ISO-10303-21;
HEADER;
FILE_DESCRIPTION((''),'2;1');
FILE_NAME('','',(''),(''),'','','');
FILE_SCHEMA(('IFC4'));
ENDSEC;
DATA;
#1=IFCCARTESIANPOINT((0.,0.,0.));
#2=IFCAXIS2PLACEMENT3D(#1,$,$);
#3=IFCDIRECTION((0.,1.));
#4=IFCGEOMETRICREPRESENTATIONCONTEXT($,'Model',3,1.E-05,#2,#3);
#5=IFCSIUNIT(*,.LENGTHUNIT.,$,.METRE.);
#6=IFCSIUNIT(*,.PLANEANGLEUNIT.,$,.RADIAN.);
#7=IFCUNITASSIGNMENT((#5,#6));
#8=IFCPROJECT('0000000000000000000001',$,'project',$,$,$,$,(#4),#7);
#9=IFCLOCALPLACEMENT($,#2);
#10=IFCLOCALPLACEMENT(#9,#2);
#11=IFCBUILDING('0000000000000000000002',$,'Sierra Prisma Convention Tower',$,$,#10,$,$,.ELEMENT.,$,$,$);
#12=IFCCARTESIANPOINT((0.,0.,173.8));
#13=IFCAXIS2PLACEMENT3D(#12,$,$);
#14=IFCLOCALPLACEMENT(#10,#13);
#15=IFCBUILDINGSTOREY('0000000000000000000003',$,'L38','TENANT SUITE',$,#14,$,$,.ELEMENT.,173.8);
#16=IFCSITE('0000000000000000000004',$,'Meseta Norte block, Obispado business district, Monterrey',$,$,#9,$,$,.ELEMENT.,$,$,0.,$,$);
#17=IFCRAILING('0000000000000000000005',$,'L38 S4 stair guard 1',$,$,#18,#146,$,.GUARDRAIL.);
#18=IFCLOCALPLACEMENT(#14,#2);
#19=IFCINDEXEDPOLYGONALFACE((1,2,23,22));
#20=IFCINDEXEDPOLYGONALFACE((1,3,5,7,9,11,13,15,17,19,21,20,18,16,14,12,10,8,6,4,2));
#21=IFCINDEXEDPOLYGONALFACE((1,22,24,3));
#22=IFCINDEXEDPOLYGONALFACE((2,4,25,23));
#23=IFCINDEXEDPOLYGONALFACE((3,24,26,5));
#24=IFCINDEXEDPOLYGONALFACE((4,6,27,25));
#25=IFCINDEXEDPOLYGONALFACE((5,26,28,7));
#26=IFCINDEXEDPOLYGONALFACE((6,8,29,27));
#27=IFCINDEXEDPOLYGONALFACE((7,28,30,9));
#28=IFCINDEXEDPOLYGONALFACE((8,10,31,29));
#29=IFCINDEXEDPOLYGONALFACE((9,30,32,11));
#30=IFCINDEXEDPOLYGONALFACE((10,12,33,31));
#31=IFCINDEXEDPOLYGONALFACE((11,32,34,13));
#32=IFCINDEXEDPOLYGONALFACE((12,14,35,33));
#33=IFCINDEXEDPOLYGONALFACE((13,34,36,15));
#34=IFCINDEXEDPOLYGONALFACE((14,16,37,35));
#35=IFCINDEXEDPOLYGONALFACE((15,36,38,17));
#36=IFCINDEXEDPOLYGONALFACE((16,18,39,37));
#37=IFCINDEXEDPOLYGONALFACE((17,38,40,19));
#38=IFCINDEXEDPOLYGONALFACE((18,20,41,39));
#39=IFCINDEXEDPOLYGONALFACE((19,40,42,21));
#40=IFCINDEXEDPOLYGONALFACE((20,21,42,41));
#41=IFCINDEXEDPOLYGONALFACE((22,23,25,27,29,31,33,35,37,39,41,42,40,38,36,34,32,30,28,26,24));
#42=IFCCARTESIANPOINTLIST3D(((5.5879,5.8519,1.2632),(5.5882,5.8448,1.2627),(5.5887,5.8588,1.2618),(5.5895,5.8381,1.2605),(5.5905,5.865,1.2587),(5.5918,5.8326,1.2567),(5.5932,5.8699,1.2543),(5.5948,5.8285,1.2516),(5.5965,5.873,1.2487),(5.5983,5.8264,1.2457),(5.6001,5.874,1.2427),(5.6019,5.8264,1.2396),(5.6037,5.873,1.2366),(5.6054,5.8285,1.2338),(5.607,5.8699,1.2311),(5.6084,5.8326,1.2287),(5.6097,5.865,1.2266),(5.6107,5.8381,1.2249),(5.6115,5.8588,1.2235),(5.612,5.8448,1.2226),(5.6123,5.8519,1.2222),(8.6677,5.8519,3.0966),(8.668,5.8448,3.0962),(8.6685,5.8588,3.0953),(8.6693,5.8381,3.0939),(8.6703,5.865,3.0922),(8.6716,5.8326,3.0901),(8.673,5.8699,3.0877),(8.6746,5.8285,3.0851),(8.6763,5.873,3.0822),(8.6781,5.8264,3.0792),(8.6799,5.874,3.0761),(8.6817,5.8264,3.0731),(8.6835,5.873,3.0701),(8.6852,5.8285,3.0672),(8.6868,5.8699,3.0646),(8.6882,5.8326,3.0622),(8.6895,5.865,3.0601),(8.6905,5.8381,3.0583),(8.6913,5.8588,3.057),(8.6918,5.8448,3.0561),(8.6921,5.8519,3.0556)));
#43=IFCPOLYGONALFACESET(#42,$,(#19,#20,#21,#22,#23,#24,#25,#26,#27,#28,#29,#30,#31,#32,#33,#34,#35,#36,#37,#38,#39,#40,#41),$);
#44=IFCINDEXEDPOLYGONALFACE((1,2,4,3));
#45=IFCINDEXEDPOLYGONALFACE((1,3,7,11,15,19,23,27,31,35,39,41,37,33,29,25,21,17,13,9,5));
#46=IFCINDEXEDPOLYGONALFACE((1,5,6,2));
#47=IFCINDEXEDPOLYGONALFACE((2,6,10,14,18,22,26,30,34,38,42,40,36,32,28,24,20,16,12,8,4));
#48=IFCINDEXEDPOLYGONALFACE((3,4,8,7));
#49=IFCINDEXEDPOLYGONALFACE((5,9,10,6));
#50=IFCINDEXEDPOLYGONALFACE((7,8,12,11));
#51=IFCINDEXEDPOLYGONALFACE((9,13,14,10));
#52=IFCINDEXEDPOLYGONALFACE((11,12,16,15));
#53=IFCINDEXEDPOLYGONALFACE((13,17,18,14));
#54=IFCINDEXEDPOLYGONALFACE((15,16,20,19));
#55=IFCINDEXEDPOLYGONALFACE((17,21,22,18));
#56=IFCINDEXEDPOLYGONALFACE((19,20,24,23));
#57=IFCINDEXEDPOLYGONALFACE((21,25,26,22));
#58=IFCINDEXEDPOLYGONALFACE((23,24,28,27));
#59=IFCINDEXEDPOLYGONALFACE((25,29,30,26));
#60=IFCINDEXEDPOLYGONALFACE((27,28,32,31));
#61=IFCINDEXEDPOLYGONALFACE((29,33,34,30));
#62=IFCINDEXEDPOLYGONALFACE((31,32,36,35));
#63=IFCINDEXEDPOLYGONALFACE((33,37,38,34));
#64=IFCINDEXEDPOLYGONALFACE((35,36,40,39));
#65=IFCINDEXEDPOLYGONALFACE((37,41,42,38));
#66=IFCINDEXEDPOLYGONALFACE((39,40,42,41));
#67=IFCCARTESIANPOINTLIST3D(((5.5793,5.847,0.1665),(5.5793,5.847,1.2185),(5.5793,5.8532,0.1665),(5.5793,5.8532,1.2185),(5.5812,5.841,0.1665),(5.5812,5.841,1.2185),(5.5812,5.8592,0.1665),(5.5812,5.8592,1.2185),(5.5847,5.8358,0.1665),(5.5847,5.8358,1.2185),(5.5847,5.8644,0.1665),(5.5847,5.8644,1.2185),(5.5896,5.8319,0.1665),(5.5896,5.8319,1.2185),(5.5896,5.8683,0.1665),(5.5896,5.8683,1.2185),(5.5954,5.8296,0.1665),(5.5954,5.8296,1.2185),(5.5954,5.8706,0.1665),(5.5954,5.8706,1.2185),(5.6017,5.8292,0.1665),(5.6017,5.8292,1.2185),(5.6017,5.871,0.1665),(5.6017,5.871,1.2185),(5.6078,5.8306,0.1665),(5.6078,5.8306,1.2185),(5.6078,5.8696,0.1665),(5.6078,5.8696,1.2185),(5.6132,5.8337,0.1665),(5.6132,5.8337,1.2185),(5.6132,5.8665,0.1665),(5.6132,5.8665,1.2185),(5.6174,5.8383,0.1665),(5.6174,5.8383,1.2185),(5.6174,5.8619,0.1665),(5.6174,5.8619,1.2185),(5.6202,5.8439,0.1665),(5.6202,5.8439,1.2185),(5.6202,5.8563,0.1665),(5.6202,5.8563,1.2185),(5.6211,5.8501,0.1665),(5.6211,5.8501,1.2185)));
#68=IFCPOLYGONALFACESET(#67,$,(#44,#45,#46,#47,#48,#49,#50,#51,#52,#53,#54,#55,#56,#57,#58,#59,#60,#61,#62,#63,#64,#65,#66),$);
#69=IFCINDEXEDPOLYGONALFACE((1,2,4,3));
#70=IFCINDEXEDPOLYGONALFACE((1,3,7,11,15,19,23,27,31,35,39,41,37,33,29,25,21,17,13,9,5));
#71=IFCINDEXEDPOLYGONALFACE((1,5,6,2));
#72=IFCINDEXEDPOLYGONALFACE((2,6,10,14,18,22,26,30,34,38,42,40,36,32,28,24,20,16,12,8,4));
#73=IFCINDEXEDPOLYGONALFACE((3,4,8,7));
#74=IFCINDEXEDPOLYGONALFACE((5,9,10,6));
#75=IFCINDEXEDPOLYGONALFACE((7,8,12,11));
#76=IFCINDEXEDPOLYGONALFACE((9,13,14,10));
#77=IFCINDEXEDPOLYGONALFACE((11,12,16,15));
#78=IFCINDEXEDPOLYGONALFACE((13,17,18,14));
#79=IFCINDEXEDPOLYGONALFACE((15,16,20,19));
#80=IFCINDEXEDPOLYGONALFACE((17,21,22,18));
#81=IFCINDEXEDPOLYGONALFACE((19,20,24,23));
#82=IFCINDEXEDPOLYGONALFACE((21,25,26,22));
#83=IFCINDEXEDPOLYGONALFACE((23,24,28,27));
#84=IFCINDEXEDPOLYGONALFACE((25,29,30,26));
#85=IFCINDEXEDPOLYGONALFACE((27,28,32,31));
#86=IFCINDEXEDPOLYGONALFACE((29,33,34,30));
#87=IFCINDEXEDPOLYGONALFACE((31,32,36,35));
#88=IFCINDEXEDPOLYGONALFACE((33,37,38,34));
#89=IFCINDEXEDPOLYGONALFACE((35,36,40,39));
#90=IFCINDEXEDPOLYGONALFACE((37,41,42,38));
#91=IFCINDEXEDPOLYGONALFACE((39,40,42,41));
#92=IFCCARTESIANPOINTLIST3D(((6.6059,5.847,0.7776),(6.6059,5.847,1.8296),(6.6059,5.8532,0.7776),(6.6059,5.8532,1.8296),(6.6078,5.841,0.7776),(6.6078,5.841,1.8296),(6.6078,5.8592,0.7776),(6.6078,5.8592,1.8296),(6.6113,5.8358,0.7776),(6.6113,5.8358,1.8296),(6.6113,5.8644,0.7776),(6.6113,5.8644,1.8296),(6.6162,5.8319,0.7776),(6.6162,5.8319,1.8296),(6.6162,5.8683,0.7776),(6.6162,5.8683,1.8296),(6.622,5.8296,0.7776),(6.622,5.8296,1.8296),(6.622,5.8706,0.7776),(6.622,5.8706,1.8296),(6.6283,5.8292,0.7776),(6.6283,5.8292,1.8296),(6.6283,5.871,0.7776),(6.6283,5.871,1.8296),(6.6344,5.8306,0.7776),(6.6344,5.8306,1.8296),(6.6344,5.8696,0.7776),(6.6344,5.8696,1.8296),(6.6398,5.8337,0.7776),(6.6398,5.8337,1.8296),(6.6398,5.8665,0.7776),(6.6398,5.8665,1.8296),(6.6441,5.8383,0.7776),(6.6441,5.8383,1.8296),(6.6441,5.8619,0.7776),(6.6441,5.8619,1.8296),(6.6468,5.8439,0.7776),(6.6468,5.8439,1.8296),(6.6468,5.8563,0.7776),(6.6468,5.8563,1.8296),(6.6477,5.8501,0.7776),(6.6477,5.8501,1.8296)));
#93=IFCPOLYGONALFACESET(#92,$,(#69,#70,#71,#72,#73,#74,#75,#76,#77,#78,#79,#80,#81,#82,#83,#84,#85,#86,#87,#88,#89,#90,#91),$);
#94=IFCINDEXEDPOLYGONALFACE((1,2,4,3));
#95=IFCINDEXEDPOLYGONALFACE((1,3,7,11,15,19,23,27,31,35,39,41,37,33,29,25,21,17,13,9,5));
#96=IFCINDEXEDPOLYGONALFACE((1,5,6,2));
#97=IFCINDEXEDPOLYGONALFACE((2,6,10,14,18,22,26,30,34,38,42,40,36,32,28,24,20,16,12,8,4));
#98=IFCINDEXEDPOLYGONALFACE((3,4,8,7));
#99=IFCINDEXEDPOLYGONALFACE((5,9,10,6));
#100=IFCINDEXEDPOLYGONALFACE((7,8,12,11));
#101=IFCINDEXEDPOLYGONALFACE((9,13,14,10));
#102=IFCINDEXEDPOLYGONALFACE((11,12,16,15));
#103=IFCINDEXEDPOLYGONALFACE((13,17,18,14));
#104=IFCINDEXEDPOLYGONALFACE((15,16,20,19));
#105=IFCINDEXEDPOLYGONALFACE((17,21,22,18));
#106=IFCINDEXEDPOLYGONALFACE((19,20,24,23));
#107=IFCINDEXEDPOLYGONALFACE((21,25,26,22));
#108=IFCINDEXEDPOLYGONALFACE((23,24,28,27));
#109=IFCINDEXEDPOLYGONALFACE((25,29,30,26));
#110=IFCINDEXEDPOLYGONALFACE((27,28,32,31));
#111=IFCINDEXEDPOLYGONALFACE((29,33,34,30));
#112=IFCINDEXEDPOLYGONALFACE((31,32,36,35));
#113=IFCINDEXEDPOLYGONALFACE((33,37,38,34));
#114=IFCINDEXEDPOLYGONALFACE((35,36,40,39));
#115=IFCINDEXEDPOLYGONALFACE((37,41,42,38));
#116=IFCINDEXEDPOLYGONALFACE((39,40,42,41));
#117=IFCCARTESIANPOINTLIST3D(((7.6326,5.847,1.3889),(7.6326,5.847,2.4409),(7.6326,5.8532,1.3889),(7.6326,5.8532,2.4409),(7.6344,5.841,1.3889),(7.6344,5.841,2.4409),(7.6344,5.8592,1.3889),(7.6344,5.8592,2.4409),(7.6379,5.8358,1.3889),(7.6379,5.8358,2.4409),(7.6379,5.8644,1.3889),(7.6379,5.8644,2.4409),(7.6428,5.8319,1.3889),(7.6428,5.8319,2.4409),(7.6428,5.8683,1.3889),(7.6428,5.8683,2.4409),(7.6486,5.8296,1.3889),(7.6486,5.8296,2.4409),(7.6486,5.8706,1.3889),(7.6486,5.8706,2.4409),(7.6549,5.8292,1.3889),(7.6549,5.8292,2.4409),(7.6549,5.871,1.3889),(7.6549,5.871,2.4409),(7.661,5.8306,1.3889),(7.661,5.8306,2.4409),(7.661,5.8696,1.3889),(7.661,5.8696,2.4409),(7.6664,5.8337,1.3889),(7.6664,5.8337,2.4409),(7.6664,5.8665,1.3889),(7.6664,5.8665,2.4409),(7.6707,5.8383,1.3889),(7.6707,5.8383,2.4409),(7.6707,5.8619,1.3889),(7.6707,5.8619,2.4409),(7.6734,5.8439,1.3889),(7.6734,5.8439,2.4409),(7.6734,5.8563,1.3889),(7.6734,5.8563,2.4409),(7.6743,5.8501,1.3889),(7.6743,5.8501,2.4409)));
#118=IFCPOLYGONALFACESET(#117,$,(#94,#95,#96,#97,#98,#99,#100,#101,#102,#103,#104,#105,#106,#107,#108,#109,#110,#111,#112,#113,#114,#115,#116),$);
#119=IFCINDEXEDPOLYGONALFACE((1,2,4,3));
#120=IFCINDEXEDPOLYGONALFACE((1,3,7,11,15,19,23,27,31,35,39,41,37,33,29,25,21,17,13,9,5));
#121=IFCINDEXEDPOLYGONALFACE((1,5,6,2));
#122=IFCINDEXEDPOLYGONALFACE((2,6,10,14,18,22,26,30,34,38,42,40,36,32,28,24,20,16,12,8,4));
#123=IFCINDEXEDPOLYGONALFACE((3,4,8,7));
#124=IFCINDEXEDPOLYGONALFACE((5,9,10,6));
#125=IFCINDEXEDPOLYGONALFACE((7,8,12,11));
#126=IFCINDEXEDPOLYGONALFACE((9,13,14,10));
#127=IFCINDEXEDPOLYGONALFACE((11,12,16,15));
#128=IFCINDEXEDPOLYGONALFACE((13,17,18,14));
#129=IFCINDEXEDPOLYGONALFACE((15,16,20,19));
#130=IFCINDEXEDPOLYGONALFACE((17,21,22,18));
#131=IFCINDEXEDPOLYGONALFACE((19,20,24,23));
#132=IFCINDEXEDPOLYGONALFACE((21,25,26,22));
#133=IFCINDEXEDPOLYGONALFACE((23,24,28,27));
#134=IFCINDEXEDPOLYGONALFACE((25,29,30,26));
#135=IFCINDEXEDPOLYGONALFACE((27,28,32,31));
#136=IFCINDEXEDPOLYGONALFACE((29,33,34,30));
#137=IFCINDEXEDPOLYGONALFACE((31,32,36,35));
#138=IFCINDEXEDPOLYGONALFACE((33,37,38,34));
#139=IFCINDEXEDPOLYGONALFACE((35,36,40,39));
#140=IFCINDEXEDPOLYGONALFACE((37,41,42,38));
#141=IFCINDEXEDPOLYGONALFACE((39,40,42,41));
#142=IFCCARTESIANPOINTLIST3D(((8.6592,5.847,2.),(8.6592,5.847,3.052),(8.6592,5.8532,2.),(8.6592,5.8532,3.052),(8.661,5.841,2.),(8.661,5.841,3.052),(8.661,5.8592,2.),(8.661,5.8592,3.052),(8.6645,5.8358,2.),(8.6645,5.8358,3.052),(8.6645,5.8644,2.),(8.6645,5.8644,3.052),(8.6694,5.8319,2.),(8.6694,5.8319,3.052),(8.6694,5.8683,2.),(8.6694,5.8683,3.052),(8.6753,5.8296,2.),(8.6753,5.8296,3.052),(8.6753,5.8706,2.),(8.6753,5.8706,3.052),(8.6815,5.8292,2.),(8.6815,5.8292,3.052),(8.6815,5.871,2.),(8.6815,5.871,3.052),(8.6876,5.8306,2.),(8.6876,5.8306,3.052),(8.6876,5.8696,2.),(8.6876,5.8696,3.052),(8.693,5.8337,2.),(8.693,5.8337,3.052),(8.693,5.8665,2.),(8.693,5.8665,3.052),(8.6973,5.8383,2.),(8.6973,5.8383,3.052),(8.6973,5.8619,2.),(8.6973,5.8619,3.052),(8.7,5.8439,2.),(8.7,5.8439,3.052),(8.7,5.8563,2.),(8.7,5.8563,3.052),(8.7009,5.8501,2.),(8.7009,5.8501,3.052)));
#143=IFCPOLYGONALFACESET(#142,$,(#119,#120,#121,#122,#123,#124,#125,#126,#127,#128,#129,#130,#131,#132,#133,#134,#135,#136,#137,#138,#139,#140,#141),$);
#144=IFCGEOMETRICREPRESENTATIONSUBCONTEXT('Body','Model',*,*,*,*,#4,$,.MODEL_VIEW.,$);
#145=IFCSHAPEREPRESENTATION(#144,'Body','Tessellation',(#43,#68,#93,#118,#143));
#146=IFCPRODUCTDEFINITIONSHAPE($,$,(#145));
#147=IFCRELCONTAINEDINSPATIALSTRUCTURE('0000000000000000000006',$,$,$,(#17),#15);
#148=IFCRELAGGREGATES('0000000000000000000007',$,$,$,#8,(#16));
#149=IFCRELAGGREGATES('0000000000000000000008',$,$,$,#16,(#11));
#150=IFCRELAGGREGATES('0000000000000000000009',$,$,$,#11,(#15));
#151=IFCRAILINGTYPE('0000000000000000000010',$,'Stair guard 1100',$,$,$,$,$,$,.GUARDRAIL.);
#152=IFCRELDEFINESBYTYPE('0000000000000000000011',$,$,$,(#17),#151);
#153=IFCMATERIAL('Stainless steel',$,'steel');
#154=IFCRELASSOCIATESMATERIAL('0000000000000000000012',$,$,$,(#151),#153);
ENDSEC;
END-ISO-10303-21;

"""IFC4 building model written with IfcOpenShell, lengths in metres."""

from ifc_helpers import new_model, si_unit, direction, frame, origin, origin_2d, place, context, subcontext, project, spatial, circle, extrude, material, type_object, element, save


model = new_model("IFC4")

# Units and contexts
model_context = context("Model", 3, precision=1e-05, world=origin(), true_north=direction((0.0, 1.0)))
body_context = subcontext(model_context, "Body", "Model", "MODEL_VIEW")
ifc_project = project(units=[si_unit("LENGTHUNIT", "METRE"), si_unit("PLANEANGLEUNIT", "RADIAN")], contexts=[model_context])

# Site, building, storey
site_placement = place(None, origin())
site = spatial("IfcSite", under=ifc_project, at=site_placement, Name="Meseta Norte block, Obispado business district, Monterrey", CompositionType="ELEMENT", RefElevation=0.0)
building_placement = place(site_placement, origin())
building = spatial("IfcBuilding", under=site, at=building_placement, Name="Sierra Prisma Convention Tower", CompositionType="ELEMENT")
storey_placement = place(building_placement, frame((0.0, 0.0, 173.8)))
storey = spatial("IfcBuildingStorey", under=building, at=storey_placement, Name="L38", Description="TENANT SUITE", CompositionType="ELEMENT", Elevation=173.8)

# Railing
ifc_material_1 = material(Name="Stainless steel", Category="steel")
railing_type_1 = type_object("IfcRailingType", Name="Stair guard 1100", PredefinedType="GUARDRAIL", material=ifc_material_1)
railing_1_placement = place(storey_placement, frame((5.6001, 5.8501, 0.1665)))
element("IfcRailing", 1, at=railing_1_placement, inside=storey, type_object=railing_type_1, Name="L38 S4 stair guard 1", PredefinedType="GUARDRAIL", context=body_context, shape_type="SweptSolid", body=[
    extrude(circle(Radius=0.0239, at=origin_2d()), frame((0.0, 0.0, 1.0762), z_axis=(0.859261, 0.0, 0.511538), x_axis=(0.0, 1.0, 0.0)), (0.0, 0.0, 1.0), 3.5842),
    extrude(circle(Radius=0.021, at=origin_2d()), origin(), (0.0, 0.0, 1.0), 1.052),
    extrude(circle(Radius=0.021, at=origin_2d()), frame((1.0266, 0.0, 0.6111)), (0.0, 0.0, 1.0), 1.052),
    extrude(circle(Radius=0.021, at=origin_2d()), frame((2.0532, 0.0, 1.2224)), (0.0, 0.0, 1.0), 1.052),
    extrude(circle(Radius=0.021, at=origin_2d()), frame((3.0798, 0.0, 1.8335)), (0.0, 0.0, 1.0), 1.052),
])

save(model, "model.ifc")
